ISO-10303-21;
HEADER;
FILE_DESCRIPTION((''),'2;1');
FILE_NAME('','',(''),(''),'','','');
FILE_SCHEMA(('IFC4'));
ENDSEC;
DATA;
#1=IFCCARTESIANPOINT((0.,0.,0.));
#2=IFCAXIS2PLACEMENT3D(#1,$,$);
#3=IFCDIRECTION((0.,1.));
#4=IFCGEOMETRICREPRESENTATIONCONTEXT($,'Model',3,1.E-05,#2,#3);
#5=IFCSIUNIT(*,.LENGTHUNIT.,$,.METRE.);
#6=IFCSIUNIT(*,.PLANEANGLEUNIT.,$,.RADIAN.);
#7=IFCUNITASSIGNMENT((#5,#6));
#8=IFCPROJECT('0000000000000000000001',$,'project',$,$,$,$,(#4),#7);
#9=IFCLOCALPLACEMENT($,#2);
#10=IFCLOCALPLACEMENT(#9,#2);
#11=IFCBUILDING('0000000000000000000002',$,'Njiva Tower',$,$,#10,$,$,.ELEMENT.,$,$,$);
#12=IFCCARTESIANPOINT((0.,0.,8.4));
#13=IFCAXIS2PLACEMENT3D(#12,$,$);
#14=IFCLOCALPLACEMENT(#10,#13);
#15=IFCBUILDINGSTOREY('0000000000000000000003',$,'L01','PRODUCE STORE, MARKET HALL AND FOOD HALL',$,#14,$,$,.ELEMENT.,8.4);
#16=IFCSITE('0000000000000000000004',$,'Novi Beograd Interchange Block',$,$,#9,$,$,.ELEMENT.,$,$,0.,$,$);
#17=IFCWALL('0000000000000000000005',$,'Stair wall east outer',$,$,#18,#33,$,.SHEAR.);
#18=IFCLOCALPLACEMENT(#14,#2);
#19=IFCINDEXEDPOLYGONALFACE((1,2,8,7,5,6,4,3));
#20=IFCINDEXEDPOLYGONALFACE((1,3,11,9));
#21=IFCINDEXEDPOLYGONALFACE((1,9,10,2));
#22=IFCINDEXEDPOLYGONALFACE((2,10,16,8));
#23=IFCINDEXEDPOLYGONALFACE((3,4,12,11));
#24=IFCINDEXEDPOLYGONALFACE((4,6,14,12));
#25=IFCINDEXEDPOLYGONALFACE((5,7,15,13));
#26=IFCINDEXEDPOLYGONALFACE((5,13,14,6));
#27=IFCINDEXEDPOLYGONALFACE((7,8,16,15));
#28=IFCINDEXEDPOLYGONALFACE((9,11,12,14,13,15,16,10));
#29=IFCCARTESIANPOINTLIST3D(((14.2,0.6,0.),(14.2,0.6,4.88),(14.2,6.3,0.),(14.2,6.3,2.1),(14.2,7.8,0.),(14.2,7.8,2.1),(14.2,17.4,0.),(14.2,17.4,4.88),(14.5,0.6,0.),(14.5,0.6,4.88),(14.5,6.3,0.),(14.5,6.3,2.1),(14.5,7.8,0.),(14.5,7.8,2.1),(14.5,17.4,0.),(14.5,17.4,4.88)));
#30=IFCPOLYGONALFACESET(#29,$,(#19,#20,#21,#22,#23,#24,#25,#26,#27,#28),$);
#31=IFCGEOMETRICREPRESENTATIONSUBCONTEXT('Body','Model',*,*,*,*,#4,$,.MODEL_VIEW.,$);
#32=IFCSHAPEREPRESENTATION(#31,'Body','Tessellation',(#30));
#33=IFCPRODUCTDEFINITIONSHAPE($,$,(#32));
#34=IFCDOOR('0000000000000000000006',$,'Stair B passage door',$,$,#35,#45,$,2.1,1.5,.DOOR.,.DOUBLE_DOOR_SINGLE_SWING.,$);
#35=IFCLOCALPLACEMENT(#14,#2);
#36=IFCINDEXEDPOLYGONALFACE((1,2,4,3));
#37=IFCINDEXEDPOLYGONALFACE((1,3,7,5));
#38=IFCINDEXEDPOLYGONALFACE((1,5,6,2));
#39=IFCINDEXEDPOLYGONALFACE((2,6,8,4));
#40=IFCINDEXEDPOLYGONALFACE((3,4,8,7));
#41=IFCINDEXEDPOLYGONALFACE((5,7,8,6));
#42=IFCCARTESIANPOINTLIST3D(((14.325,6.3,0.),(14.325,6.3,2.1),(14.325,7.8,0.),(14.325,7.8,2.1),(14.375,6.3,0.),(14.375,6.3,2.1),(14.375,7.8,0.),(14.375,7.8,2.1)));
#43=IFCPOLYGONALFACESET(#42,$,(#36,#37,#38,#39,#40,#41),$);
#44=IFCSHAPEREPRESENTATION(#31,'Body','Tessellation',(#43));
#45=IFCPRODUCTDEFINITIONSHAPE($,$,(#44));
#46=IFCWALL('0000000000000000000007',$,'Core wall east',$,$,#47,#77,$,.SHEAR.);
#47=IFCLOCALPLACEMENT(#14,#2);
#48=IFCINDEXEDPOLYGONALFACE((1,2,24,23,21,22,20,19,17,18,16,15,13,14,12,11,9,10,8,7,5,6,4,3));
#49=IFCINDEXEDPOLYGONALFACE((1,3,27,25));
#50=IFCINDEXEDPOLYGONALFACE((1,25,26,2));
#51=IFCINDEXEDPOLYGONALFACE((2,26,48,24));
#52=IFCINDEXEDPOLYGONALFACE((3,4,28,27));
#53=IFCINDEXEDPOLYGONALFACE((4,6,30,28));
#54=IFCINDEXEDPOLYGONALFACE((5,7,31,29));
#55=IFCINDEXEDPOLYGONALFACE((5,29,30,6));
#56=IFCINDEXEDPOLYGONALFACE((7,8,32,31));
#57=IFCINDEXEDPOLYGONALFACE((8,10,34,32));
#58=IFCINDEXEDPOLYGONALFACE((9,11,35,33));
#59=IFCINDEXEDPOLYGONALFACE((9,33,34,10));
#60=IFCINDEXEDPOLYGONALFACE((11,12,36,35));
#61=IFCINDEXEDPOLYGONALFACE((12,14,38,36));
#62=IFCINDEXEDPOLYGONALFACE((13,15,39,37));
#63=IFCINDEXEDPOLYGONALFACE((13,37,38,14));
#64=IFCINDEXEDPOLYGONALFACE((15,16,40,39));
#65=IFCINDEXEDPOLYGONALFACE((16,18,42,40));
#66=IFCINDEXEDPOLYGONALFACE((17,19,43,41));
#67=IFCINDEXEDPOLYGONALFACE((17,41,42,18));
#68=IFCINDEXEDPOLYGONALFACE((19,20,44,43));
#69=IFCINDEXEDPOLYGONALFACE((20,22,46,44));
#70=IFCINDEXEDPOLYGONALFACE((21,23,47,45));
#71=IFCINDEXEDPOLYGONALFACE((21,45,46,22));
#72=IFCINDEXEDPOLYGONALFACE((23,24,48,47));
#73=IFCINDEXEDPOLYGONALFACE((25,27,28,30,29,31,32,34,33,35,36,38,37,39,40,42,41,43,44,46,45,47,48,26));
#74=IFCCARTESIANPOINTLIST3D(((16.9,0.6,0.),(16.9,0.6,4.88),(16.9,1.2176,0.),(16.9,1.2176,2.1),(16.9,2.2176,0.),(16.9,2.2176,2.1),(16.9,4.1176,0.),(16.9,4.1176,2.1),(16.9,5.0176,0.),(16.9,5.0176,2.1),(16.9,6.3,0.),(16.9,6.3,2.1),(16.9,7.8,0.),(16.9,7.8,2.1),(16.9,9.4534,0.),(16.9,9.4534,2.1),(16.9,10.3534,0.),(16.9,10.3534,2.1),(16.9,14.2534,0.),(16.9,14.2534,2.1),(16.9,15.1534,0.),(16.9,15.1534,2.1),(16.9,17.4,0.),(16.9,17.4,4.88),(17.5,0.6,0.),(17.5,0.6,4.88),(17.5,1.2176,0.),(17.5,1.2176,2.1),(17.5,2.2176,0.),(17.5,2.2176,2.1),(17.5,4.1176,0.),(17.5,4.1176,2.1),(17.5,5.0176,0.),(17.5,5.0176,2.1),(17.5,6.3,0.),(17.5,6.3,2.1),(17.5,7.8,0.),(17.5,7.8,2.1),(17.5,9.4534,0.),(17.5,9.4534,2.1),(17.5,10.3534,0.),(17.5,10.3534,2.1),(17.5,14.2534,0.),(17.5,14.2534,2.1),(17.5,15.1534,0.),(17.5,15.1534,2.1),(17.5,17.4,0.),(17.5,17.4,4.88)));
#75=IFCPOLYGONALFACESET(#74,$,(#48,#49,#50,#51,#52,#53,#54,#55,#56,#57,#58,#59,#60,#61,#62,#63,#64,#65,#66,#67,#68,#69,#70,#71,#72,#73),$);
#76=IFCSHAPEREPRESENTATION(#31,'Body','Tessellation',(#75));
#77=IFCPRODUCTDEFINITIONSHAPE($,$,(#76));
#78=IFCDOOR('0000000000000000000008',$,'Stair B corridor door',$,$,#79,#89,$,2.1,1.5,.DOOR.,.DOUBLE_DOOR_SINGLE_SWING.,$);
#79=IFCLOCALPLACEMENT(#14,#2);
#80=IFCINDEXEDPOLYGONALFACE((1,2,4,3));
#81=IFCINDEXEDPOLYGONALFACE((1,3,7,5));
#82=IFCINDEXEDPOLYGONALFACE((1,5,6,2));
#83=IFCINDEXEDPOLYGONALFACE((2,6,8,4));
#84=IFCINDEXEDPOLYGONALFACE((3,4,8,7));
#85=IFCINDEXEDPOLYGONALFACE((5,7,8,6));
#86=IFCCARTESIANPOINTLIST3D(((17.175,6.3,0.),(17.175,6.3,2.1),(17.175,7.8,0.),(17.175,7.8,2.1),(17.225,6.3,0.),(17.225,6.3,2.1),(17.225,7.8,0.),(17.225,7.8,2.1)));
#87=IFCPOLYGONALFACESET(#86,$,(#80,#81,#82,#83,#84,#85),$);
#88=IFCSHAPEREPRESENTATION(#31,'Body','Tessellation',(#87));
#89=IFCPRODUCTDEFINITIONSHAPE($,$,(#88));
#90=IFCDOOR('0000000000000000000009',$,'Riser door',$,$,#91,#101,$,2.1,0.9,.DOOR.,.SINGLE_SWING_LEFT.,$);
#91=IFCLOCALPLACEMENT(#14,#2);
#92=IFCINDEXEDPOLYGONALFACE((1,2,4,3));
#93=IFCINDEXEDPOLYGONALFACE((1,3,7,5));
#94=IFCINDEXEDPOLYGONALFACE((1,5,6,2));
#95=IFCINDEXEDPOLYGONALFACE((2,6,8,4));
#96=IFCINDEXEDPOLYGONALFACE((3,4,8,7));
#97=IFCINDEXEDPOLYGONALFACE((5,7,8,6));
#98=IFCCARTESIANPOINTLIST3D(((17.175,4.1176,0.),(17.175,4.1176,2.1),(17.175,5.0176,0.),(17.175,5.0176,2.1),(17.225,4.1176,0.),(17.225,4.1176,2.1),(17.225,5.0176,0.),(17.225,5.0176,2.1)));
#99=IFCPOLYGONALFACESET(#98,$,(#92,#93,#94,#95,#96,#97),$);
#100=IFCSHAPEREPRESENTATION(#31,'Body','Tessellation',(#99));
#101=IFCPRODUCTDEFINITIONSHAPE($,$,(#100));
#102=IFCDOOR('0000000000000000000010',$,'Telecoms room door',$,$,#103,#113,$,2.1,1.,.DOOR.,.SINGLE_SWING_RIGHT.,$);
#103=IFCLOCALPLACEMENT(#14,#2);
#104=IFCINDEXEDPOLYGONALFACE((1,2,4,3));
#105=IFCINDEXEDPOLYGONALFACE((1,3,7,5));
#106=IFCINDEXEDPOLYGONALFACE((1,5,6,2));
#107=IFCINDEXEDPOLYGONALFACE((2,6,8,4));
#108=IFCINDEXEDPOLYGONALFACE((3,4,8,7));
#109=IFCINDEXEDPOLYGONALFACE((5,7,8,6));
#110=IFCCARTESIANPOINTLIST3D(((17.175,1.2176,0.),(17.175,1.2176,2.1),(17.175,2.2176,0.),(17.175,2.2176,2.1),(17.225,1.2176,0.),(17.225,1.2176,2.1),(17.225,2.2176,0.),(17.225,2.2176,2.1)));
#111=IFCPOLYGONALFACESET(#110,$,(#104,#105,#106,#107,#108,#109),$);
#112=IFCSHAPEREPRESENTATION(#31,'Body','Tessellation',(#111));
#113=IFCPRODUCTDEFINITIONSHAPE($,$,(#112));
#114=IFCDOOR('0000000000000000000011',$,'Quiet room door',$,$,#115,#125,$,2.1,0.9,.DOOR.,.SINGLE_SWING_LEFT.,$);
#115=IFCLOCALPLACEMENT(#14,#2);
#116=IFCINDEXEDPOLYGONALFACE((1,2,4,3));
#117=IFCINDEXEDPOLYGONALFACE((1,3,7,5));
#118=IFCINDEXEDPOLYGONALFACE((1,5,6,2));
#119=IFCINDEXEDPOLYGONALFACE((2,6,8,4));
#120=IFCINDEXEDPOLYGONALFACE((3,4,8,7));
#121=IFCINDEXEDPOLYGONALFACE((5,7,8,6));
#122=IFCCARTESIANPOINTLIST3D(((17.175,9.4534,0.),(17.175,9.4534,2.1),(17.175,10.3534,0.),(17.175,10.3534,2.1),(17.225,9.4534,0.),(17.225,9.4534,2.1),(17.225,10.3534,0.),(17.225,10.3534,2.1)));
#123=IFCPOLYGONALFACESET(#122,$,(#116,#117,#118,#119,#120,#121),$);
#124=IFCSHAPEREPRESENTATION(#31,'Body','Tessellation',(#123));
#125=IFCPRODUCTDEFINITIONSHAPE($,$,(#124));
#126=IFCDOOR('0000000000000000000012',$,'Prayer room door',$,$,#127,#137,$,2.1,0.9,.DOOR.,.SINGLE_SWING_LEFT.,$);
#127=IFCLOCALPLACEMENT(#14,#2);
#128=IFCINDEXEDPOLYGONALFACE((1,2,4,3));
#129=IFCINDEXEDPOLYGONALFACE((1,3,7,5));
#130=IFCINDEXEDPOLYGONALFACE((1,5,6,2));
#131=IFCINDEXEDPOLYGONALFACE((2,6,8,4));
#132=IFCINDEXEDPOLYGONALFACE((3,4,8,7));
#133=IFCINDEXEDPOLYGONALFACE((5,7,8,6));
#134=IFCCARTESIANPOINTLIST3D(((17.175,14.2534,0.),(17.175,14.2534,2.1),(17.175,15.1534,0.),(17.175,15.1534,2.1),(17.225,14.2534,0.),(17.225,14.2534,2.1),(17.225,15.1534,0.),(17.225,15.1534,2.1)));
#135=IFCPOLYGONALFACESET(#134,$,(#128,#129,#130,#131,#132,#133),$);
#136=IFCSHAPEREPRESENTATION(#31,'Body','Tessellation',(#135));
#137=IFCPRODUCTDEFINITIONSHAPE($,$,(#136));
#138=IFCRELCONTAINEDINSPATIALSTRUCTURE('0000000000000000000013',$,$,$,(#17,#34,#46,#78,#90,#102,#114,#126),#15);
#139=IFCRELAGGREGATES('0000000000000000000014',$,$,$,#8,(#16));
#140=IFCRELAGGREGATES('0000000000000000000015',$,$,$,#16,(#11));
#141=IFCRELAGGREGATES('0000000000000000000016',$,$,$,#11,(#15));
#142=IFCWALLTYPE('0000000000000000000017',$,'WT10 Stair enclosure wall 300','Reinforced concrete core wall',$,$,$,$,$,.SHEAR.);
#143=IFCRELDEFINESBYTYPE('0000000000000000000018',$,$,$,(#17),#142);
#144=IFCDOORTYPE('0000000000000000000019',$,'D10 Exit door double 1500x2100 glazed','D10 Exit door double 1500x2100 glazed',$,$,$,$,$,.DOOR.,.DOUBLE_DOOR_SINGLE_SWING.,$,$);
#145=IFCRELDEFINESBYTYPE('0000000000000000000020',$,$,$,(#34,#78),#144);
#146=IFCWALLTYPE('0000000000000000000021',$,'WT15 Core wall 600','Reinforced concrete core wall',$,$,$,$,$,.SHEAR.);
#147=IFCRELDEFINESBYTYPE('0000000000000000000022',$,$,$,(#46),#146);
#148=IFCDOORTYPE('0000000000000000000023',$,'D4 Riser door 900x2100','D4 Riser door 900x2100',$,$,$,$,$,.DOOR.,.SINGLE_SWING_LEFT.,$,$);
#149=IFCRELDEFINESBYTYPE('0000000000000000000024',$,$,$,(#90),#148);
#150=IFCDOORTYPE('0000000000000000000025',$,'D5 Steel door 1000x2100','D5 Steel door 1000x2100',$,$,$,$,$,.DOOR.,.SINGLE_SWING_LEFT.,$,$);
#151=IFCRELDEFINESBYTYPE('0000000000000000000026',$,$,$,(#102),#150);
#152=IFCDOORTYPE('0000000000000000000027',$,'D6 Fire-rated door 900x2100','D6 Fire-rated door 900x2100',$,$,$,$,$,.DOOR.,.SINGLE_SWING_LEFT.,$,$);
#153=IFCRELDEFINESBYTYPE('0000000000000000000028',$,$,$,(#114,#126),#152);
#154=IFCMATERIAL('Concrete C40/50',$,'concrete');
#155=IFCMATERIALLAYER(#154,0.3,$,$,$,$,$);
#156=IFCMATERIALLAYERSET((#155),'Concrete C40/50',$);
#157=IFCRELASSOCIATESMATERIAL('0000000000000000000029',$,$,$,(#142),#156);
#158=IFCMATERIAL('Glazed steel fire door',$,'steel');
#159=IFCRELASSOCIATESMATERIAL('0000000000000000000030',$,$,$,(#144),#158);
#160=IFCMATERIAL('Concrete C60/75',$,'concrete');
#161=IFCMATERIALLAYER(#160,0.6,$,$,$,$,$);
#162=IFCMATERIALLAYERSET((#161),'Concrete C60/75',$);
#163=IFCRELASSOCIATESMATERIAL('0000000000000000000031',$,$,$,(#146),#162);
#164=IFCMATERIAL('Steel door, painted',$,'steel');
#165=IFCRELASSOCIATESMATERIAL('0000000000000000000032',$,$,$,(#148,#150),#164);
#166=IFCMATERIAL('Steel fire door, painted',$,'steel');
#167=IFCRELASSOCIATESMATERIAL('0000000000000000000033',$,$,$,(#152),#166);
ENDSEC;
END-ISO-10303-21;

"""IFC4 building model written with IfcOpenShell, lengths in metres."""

from ifc_helpers import new_model, si_unit, direction, frame, frame_2d, origin, place, context, subcontext, project, spatial, rectangle, extrude, material, layer, layer_set, type_object, element, fill, save


model = new_model("IFC4")

# Units and contexts
model_context = context("Model", 3, precision=1e-05, world=origin(), true_north=direction((0.0, 1.0)))
body_context = subcontext(model_context, "Body", "Model", "MODEL_VIEW")
ifc_project = project(units=[si_unit("LENGTHUNIT", "METRE"), si_unit("PLANEANGLEUNIT", "RADIAN")], contexts=[model_context])

# Site, building, storey
site_placement = place(None, origin())
site = spatial("IfcSite", under=ifc_project, at=site_placement, Name="Novi Beograd Interchange Block", CompositionType="ELEMENT", RefElevation=0.0)
building_placement = place(site_placement, origin())
building = spatial("IfcBuilding", under=site, at=building_placement, Name="Njiva Tower", CompositionType="ELEMENT")
storey_placement = place(building_placement, frame((0.0, 0.0, 8.4)))
storey = spatial("IfcBuildingStorey", under=building, at=storey_placement, Name="L01", Description="PRODUCE STORE, MARKET HALL AND FOOD HALL", CompositionType="ELEMENT", Elevation=8.4)

# Wall, opening, door
ifc_material_1 = material(Name="Concrete C40/50", Category="concrete")
ifc_layer_1 = layer(ifc_material_1, 0.3)
ifc_layer_set_1 = layer_set([ifc_layer_1], Name="Concrete C40/50")
wall_type_1 = type_object("IfcWallType", Name="WT10 Stair enclosure wall 300", Description="Reinforced concrete core wall", PredefinedType="SHEAR", material=ifc_layer_set_1)
wall_1_placement = place(storey_placement, frame((14.35, 0.6, 0.0), z_axis=(0.0, 0.0, 1.0), x_axis=(0.0, 1.0, 0.0)))
wall_1 = element("IfcWall", 1, at=wall_1_placement, inside=storey, type_object=wall_type_1, Name="Stair wall east outer", PredefinedType="SHEAR", context=body_context, shape_type="SweptSolid", body=[
    extrude(rectangle(XDim=16.8, YDim=0.3, at=frame_2d((8.4, 0.0))), origin(), (0.0, 0.0, 1.0), 4.88),
])
opening_1_placement = place(wall_1_placement, frame((5.7, 0.0, 0.0)))
opening_1 = element("IfcOpeningElement", 2, at=opening_1_placement, cuts=wall_1, PredefinedType="OPENING", context=body_context, shape_type="SweptSolid", body=[
    extrude(rectangle(XDim=1.5, YDim=2.1, at=frame_2d((0.75, 1.05))), frame((0.0, 0.16, 0.0), z_axis=(0.0, -1.0, 0.0), x_axis=(1.0, 0.0, 0.0)), (0.0, 0.0, 1.0), 0.32),
])
ifc_material_2 = material(Name="Glazed steel fire door", Category="steel")
door_type_1 = type_object("IfcDoorType", Name="D10 Exit door double 1500x2100 glazed", Description="D10 Exit door double 1500x2100 glazed", OperationType="DOUBLE_DOOR_SINGLE_SWING", PredefinedType="DOOR", material=ifc_material_2)
door_1_placement = place(opening_1_placement, origin())
door_1 = element("IfcDoor", 3, at=door_1_placement, inside=storey, type_object=door_type_1, Name="Stair B passage door", OperationType="DOUBLE_DOOR_SINGLE_SWING", OverallHeight=2.1, OverallWidth=1.5, PredefinedType="DOOR", context=body_context, shape_type="SweptSolid", body=[
    extrude(rectangle(XDim=1.5, YDim=2.1, at=frame_2d((0.75, 1.05))), frame((0.0, 0.025, 0.0), z_axis=(0.0, -1.0, 0.0), x_axis=(1.0, 0.0, 0.0)), (0.0, 0.0, 1.0), 0.05),
])
fill(opening_1, door_1)

# Wall, openings, doors
ifc_material_3 = material(Name="Concrete C60/75", Category="concrete")
ifc_layer_2 = layer(ifc_material_3, 0.6)
ifc_layer_set_2 = layer_set([ifc_layer_2], Name="Concrete C60/75")
wall_type_2 = type_object("IfcWallType", Name="WT15 Core wall 600", Description="Reinforced concrete core wall", PredefinedType="SHEAR", material=ifc_layer_set_2)
wall_2_placement = place(storey_placement, frame((17.2, 0.6, 0.0), z_axis=(0.0, 0.0, 1.0), x_axis=(0.0, 1.0, 0.0)))
wall_2 = element("IfcWall", 4, at=wall_2_placement, inside=storey, type_object=wall_type_2, Name="Core wall east", PredefinedType="SHEAR", context=body_context, shape_type="SweptSolid", body=[
    extrude(rectangle(XDim=16.8, YDim=0.6, at=frame_2d((8.4, 0.0))), origin(), (0.0, 0.0, 1.0), 4.88),
])
opening_2_placement = place(wall_2_placement, frame((5.7, 0.0, 0.0)))
opening_2 = element("IfcOpeningElement", 5, at=opening_2_placement, cuts=wall_2, PredefinedType="OPENING", context=body_context, shape_type="SweptSolid", body=[
    extrude(rectangle(XDim=1.5, YDim=2.1, at=frame_2d((0.75, 1.05))), frame((0.0, 0.31, 0.0), z_axis=(0.0, -1.0, 0.0), x_axis=(1.0, 0.0, 0.0)), (0.0, 0.0, 1.0), 0.62),
])
opening_3_placement = place(wall_2_placement, frame((0.6176, 0.0, 0.0)))
opening_3 = element("IfcOpeningElement", 6, at=opening_3_placement, cuts=wall_2, PredefinedType="OPENING", context=body_context, shape_type="SweptSolid", body=[
    extrude(rectangle(XDim=1.0, YDim=2.1, at=frame_2d((0.5, 1.05))), frame((0.0, 0.31, 0.0), z_axis=(0.0, -1.0, 0.0), x_axis=(1.0, 0.0, 0.0)), (0.0, 0.0, 1.0), 0.62),
])
opening_4_placement = place(wall_2_placement, frame((3.5176, 0.0, 0.0)))
opening_4 = element("IfcOpeningElement", 7, at=opening_4_placement, cuts=wall_2, PredefinedType="OPENING", context=body_context, shape_type="SweptSolid", body=[
    extrude(rectangle(XDim=0.9, YDim=2.1, at=frame_2d((0.45, 1.05))), frame((0.0, 0.31, 0.0), z_axis=(0.0, -1.0, 0.0), x_axis=(1.0, 0.0, 0.0)), (0.0, 0.0, 1.0), 0.62),
])
opening_5_placement = place(wall_2_placement, frame((8.8534, 0.0, 0.0)))
opening_5 = element("IfcOpeningElement", 8, at=opening_5_placement, cuts=wall_2, PredefinedType="OPENING", context=body_context, shape_type="SweptSolid", body=[
    extrude(rectangle(XDim=0.9, YDim=2.1, at=frame_2d((0.45, 1.05))), frame((0.0, 0.31, 0.0), z_axis=(0.0, -1.0, 0.0), x_axis=(1.0, 0.0, 0.0)), (0.0, 0.0, 1.0), 0.62),
])
opening_6_placement = place(wall_2_placement, frame((13.6534, 0.0, 0.0)))
opening_6 = element("IfcOpeningElement", 9, at=opening_6_placement, cuts=wall_2, PredefinedType="OPENING", context=body_context, shape_type="SweptSolid", body=[
    extrude(rectangle(XDim=0.9, YDim=2.1, at=frame_2d((0.45, 1.05))), frame((0.0, 0.31, 0.0), z_axis=(0.0, -1.0, 0.0), x_axis=(1.0, 0.0, 0.0)), (0.0, 0.0, 1.0), 0.62),
])
door_2_placement = place(opening_2_placement, origin())
door_2 = element("IfcDoor", 10, at=door_2_placement, inside=storey, type_object=door_type_1, Name="Stair B corridor door", OperationType="DOUBLE_DOOR_SINGLE_SWING", OverallHeight=2.1, OverallWidth=1.5, PredefinedType="DOOR", context=body_context, shape_type="SweptSolid", body=[
    extrude(rectangle(XDim=1.5, YDim=2.1, at=frame_2d((0.75, 1.05))), frame((0.0, 0.025, 0.0), z_axis=(0.0, -1.0, 0.0), x_axis=(1.0, 0.0, 0.0)), (0.0, 0.0, 1.0), 0.05),
])
fill(opening_2, door_2)
ifc_material_4 = material(Name="Steel door, painted", Category="steel")
door_type_2 = type_object("IfcDoorType", Name="D4 Riser door 900x2100", Description="D4 Riser door 900x2100", OperationType="SINGLE_SWING_LEFT", PredefinedType="DOOR", material=ifc_material_4)
door_3_placement = place(opening_4_placement, origin())
door_3 = element("IfcDoor", 11, at=door_3_placement, inside=storey, type_object=door_type_2, Name="Riser door", OperationType="SINGLE_SWING_LEFT", OverallHeight=2.1, OverallWidth=0.9, PredefinedType="DOOR", context=body_context, shape_type="SweptSolid", body=[
    extrude(rectangle(XDim=0.9, YDim=2.1, at=frame_2d((0.45, 1.05))), frame((0.0, 0.025, 0.0), z_axis=(0.0, -1.0, 0.0), x_axis=(1.0, 0.0, 0.0)), (0.0, 0.0, 1.0), 0.05),
])
fill(opening_4, door_3)
door_type_3 = type_object("IfcDoorType", Name="D5 Steel door 1000x2100", Description="D5 Steel door 1000x2100", OperationType="SINGLE_SWING_LEFT", PredefinedType="DOOR", material=ifc_material_4)
door_4_placement = place(opening_3_placement, origin())
door_4 = element("IfcDoor", 12, at=door_4_placement, inside=storey, type_object=door_type_3, Name="Telecoms room door", OperationType="SINGLE_SWING_RIGHT", OverallHeight=2.1, OverallWidth=1.0, PredefinedType="DOOR", context=body_context, shape_type="SweptSolid", body=[
    extrude(rectangle(XDim=1.0, YDim=2.1, at=frame_2d((0.5, 1.05))), frame((0.0, 0.025, 0.0), z_axis=(0.0, -1.0, 0.0), x_axis=(1.0, 0.0, 0.0)), (0.0, 0.0, 1.0), 0.05),
])
fill(opening_3, door_4)
ifc_material_5 = material(Name="Steel fire door, painted", Category="steel")
door_type_4 = type_object("IfcDoorType", Name="D6 Fire-rated door 900x2100", Description="D6 Fire-rated door 900x2100", OperationType="SINGLE_SWING_LEFT", PredefinedType="DOOR", material=ifc_material_5)
door_5_placement = place(opening_5_placement, origin())
door_5 = element("IfcDoor", 13, at=door_5_placement, inside=storey, type_object=door_type_4, Name="Quiet room door", OperationType="SINGLE_SWING_LEFT", OverallHeight=2.1, OverallWidth=0.9, PredefinedType="DOOR", context=body_context, shape_type="SweptSolid", body=[
    extrude(rectangle(XDim=0.9, YDim=2.1, at=frame_2d((0.45, 1.05))), frame((0.0, 0.025, 0.0), z_axis=(0.0, -1.0, 0.0), x_axis=(1.0, 0.0, 0.0)), (0.0, 0.0, 1.0), 0.05),
])
fill(opening_5, door_5)
door_6_placement = place(opening_6_placement, origin())
door_6 = element("IfcDoor", 14, at=door_6_placement, inside=storey, type_object=door_type_4, Name="Prayer room door", OperationType="SINGLE_SWING_LEFT", OverallHeight=2.1, OverallWidth=0.9, PredefinedType="DOOR", context=body_context, shape_type="SweptSolid", body=[
    extrude(rectangle(XDim=0.9, YDim=2.1, at=frame_2d((0.45, 1.05))), frame((0.0, 0.025, 0.0), z_axis=(0.0, -1.0, 0.0), x_axis=(1.0, 0.0, 0.0)), (0.0, 0.0, 1.0), 0.05),
])
fill(opening_6, door_6)

save(model, "model.ifc")
